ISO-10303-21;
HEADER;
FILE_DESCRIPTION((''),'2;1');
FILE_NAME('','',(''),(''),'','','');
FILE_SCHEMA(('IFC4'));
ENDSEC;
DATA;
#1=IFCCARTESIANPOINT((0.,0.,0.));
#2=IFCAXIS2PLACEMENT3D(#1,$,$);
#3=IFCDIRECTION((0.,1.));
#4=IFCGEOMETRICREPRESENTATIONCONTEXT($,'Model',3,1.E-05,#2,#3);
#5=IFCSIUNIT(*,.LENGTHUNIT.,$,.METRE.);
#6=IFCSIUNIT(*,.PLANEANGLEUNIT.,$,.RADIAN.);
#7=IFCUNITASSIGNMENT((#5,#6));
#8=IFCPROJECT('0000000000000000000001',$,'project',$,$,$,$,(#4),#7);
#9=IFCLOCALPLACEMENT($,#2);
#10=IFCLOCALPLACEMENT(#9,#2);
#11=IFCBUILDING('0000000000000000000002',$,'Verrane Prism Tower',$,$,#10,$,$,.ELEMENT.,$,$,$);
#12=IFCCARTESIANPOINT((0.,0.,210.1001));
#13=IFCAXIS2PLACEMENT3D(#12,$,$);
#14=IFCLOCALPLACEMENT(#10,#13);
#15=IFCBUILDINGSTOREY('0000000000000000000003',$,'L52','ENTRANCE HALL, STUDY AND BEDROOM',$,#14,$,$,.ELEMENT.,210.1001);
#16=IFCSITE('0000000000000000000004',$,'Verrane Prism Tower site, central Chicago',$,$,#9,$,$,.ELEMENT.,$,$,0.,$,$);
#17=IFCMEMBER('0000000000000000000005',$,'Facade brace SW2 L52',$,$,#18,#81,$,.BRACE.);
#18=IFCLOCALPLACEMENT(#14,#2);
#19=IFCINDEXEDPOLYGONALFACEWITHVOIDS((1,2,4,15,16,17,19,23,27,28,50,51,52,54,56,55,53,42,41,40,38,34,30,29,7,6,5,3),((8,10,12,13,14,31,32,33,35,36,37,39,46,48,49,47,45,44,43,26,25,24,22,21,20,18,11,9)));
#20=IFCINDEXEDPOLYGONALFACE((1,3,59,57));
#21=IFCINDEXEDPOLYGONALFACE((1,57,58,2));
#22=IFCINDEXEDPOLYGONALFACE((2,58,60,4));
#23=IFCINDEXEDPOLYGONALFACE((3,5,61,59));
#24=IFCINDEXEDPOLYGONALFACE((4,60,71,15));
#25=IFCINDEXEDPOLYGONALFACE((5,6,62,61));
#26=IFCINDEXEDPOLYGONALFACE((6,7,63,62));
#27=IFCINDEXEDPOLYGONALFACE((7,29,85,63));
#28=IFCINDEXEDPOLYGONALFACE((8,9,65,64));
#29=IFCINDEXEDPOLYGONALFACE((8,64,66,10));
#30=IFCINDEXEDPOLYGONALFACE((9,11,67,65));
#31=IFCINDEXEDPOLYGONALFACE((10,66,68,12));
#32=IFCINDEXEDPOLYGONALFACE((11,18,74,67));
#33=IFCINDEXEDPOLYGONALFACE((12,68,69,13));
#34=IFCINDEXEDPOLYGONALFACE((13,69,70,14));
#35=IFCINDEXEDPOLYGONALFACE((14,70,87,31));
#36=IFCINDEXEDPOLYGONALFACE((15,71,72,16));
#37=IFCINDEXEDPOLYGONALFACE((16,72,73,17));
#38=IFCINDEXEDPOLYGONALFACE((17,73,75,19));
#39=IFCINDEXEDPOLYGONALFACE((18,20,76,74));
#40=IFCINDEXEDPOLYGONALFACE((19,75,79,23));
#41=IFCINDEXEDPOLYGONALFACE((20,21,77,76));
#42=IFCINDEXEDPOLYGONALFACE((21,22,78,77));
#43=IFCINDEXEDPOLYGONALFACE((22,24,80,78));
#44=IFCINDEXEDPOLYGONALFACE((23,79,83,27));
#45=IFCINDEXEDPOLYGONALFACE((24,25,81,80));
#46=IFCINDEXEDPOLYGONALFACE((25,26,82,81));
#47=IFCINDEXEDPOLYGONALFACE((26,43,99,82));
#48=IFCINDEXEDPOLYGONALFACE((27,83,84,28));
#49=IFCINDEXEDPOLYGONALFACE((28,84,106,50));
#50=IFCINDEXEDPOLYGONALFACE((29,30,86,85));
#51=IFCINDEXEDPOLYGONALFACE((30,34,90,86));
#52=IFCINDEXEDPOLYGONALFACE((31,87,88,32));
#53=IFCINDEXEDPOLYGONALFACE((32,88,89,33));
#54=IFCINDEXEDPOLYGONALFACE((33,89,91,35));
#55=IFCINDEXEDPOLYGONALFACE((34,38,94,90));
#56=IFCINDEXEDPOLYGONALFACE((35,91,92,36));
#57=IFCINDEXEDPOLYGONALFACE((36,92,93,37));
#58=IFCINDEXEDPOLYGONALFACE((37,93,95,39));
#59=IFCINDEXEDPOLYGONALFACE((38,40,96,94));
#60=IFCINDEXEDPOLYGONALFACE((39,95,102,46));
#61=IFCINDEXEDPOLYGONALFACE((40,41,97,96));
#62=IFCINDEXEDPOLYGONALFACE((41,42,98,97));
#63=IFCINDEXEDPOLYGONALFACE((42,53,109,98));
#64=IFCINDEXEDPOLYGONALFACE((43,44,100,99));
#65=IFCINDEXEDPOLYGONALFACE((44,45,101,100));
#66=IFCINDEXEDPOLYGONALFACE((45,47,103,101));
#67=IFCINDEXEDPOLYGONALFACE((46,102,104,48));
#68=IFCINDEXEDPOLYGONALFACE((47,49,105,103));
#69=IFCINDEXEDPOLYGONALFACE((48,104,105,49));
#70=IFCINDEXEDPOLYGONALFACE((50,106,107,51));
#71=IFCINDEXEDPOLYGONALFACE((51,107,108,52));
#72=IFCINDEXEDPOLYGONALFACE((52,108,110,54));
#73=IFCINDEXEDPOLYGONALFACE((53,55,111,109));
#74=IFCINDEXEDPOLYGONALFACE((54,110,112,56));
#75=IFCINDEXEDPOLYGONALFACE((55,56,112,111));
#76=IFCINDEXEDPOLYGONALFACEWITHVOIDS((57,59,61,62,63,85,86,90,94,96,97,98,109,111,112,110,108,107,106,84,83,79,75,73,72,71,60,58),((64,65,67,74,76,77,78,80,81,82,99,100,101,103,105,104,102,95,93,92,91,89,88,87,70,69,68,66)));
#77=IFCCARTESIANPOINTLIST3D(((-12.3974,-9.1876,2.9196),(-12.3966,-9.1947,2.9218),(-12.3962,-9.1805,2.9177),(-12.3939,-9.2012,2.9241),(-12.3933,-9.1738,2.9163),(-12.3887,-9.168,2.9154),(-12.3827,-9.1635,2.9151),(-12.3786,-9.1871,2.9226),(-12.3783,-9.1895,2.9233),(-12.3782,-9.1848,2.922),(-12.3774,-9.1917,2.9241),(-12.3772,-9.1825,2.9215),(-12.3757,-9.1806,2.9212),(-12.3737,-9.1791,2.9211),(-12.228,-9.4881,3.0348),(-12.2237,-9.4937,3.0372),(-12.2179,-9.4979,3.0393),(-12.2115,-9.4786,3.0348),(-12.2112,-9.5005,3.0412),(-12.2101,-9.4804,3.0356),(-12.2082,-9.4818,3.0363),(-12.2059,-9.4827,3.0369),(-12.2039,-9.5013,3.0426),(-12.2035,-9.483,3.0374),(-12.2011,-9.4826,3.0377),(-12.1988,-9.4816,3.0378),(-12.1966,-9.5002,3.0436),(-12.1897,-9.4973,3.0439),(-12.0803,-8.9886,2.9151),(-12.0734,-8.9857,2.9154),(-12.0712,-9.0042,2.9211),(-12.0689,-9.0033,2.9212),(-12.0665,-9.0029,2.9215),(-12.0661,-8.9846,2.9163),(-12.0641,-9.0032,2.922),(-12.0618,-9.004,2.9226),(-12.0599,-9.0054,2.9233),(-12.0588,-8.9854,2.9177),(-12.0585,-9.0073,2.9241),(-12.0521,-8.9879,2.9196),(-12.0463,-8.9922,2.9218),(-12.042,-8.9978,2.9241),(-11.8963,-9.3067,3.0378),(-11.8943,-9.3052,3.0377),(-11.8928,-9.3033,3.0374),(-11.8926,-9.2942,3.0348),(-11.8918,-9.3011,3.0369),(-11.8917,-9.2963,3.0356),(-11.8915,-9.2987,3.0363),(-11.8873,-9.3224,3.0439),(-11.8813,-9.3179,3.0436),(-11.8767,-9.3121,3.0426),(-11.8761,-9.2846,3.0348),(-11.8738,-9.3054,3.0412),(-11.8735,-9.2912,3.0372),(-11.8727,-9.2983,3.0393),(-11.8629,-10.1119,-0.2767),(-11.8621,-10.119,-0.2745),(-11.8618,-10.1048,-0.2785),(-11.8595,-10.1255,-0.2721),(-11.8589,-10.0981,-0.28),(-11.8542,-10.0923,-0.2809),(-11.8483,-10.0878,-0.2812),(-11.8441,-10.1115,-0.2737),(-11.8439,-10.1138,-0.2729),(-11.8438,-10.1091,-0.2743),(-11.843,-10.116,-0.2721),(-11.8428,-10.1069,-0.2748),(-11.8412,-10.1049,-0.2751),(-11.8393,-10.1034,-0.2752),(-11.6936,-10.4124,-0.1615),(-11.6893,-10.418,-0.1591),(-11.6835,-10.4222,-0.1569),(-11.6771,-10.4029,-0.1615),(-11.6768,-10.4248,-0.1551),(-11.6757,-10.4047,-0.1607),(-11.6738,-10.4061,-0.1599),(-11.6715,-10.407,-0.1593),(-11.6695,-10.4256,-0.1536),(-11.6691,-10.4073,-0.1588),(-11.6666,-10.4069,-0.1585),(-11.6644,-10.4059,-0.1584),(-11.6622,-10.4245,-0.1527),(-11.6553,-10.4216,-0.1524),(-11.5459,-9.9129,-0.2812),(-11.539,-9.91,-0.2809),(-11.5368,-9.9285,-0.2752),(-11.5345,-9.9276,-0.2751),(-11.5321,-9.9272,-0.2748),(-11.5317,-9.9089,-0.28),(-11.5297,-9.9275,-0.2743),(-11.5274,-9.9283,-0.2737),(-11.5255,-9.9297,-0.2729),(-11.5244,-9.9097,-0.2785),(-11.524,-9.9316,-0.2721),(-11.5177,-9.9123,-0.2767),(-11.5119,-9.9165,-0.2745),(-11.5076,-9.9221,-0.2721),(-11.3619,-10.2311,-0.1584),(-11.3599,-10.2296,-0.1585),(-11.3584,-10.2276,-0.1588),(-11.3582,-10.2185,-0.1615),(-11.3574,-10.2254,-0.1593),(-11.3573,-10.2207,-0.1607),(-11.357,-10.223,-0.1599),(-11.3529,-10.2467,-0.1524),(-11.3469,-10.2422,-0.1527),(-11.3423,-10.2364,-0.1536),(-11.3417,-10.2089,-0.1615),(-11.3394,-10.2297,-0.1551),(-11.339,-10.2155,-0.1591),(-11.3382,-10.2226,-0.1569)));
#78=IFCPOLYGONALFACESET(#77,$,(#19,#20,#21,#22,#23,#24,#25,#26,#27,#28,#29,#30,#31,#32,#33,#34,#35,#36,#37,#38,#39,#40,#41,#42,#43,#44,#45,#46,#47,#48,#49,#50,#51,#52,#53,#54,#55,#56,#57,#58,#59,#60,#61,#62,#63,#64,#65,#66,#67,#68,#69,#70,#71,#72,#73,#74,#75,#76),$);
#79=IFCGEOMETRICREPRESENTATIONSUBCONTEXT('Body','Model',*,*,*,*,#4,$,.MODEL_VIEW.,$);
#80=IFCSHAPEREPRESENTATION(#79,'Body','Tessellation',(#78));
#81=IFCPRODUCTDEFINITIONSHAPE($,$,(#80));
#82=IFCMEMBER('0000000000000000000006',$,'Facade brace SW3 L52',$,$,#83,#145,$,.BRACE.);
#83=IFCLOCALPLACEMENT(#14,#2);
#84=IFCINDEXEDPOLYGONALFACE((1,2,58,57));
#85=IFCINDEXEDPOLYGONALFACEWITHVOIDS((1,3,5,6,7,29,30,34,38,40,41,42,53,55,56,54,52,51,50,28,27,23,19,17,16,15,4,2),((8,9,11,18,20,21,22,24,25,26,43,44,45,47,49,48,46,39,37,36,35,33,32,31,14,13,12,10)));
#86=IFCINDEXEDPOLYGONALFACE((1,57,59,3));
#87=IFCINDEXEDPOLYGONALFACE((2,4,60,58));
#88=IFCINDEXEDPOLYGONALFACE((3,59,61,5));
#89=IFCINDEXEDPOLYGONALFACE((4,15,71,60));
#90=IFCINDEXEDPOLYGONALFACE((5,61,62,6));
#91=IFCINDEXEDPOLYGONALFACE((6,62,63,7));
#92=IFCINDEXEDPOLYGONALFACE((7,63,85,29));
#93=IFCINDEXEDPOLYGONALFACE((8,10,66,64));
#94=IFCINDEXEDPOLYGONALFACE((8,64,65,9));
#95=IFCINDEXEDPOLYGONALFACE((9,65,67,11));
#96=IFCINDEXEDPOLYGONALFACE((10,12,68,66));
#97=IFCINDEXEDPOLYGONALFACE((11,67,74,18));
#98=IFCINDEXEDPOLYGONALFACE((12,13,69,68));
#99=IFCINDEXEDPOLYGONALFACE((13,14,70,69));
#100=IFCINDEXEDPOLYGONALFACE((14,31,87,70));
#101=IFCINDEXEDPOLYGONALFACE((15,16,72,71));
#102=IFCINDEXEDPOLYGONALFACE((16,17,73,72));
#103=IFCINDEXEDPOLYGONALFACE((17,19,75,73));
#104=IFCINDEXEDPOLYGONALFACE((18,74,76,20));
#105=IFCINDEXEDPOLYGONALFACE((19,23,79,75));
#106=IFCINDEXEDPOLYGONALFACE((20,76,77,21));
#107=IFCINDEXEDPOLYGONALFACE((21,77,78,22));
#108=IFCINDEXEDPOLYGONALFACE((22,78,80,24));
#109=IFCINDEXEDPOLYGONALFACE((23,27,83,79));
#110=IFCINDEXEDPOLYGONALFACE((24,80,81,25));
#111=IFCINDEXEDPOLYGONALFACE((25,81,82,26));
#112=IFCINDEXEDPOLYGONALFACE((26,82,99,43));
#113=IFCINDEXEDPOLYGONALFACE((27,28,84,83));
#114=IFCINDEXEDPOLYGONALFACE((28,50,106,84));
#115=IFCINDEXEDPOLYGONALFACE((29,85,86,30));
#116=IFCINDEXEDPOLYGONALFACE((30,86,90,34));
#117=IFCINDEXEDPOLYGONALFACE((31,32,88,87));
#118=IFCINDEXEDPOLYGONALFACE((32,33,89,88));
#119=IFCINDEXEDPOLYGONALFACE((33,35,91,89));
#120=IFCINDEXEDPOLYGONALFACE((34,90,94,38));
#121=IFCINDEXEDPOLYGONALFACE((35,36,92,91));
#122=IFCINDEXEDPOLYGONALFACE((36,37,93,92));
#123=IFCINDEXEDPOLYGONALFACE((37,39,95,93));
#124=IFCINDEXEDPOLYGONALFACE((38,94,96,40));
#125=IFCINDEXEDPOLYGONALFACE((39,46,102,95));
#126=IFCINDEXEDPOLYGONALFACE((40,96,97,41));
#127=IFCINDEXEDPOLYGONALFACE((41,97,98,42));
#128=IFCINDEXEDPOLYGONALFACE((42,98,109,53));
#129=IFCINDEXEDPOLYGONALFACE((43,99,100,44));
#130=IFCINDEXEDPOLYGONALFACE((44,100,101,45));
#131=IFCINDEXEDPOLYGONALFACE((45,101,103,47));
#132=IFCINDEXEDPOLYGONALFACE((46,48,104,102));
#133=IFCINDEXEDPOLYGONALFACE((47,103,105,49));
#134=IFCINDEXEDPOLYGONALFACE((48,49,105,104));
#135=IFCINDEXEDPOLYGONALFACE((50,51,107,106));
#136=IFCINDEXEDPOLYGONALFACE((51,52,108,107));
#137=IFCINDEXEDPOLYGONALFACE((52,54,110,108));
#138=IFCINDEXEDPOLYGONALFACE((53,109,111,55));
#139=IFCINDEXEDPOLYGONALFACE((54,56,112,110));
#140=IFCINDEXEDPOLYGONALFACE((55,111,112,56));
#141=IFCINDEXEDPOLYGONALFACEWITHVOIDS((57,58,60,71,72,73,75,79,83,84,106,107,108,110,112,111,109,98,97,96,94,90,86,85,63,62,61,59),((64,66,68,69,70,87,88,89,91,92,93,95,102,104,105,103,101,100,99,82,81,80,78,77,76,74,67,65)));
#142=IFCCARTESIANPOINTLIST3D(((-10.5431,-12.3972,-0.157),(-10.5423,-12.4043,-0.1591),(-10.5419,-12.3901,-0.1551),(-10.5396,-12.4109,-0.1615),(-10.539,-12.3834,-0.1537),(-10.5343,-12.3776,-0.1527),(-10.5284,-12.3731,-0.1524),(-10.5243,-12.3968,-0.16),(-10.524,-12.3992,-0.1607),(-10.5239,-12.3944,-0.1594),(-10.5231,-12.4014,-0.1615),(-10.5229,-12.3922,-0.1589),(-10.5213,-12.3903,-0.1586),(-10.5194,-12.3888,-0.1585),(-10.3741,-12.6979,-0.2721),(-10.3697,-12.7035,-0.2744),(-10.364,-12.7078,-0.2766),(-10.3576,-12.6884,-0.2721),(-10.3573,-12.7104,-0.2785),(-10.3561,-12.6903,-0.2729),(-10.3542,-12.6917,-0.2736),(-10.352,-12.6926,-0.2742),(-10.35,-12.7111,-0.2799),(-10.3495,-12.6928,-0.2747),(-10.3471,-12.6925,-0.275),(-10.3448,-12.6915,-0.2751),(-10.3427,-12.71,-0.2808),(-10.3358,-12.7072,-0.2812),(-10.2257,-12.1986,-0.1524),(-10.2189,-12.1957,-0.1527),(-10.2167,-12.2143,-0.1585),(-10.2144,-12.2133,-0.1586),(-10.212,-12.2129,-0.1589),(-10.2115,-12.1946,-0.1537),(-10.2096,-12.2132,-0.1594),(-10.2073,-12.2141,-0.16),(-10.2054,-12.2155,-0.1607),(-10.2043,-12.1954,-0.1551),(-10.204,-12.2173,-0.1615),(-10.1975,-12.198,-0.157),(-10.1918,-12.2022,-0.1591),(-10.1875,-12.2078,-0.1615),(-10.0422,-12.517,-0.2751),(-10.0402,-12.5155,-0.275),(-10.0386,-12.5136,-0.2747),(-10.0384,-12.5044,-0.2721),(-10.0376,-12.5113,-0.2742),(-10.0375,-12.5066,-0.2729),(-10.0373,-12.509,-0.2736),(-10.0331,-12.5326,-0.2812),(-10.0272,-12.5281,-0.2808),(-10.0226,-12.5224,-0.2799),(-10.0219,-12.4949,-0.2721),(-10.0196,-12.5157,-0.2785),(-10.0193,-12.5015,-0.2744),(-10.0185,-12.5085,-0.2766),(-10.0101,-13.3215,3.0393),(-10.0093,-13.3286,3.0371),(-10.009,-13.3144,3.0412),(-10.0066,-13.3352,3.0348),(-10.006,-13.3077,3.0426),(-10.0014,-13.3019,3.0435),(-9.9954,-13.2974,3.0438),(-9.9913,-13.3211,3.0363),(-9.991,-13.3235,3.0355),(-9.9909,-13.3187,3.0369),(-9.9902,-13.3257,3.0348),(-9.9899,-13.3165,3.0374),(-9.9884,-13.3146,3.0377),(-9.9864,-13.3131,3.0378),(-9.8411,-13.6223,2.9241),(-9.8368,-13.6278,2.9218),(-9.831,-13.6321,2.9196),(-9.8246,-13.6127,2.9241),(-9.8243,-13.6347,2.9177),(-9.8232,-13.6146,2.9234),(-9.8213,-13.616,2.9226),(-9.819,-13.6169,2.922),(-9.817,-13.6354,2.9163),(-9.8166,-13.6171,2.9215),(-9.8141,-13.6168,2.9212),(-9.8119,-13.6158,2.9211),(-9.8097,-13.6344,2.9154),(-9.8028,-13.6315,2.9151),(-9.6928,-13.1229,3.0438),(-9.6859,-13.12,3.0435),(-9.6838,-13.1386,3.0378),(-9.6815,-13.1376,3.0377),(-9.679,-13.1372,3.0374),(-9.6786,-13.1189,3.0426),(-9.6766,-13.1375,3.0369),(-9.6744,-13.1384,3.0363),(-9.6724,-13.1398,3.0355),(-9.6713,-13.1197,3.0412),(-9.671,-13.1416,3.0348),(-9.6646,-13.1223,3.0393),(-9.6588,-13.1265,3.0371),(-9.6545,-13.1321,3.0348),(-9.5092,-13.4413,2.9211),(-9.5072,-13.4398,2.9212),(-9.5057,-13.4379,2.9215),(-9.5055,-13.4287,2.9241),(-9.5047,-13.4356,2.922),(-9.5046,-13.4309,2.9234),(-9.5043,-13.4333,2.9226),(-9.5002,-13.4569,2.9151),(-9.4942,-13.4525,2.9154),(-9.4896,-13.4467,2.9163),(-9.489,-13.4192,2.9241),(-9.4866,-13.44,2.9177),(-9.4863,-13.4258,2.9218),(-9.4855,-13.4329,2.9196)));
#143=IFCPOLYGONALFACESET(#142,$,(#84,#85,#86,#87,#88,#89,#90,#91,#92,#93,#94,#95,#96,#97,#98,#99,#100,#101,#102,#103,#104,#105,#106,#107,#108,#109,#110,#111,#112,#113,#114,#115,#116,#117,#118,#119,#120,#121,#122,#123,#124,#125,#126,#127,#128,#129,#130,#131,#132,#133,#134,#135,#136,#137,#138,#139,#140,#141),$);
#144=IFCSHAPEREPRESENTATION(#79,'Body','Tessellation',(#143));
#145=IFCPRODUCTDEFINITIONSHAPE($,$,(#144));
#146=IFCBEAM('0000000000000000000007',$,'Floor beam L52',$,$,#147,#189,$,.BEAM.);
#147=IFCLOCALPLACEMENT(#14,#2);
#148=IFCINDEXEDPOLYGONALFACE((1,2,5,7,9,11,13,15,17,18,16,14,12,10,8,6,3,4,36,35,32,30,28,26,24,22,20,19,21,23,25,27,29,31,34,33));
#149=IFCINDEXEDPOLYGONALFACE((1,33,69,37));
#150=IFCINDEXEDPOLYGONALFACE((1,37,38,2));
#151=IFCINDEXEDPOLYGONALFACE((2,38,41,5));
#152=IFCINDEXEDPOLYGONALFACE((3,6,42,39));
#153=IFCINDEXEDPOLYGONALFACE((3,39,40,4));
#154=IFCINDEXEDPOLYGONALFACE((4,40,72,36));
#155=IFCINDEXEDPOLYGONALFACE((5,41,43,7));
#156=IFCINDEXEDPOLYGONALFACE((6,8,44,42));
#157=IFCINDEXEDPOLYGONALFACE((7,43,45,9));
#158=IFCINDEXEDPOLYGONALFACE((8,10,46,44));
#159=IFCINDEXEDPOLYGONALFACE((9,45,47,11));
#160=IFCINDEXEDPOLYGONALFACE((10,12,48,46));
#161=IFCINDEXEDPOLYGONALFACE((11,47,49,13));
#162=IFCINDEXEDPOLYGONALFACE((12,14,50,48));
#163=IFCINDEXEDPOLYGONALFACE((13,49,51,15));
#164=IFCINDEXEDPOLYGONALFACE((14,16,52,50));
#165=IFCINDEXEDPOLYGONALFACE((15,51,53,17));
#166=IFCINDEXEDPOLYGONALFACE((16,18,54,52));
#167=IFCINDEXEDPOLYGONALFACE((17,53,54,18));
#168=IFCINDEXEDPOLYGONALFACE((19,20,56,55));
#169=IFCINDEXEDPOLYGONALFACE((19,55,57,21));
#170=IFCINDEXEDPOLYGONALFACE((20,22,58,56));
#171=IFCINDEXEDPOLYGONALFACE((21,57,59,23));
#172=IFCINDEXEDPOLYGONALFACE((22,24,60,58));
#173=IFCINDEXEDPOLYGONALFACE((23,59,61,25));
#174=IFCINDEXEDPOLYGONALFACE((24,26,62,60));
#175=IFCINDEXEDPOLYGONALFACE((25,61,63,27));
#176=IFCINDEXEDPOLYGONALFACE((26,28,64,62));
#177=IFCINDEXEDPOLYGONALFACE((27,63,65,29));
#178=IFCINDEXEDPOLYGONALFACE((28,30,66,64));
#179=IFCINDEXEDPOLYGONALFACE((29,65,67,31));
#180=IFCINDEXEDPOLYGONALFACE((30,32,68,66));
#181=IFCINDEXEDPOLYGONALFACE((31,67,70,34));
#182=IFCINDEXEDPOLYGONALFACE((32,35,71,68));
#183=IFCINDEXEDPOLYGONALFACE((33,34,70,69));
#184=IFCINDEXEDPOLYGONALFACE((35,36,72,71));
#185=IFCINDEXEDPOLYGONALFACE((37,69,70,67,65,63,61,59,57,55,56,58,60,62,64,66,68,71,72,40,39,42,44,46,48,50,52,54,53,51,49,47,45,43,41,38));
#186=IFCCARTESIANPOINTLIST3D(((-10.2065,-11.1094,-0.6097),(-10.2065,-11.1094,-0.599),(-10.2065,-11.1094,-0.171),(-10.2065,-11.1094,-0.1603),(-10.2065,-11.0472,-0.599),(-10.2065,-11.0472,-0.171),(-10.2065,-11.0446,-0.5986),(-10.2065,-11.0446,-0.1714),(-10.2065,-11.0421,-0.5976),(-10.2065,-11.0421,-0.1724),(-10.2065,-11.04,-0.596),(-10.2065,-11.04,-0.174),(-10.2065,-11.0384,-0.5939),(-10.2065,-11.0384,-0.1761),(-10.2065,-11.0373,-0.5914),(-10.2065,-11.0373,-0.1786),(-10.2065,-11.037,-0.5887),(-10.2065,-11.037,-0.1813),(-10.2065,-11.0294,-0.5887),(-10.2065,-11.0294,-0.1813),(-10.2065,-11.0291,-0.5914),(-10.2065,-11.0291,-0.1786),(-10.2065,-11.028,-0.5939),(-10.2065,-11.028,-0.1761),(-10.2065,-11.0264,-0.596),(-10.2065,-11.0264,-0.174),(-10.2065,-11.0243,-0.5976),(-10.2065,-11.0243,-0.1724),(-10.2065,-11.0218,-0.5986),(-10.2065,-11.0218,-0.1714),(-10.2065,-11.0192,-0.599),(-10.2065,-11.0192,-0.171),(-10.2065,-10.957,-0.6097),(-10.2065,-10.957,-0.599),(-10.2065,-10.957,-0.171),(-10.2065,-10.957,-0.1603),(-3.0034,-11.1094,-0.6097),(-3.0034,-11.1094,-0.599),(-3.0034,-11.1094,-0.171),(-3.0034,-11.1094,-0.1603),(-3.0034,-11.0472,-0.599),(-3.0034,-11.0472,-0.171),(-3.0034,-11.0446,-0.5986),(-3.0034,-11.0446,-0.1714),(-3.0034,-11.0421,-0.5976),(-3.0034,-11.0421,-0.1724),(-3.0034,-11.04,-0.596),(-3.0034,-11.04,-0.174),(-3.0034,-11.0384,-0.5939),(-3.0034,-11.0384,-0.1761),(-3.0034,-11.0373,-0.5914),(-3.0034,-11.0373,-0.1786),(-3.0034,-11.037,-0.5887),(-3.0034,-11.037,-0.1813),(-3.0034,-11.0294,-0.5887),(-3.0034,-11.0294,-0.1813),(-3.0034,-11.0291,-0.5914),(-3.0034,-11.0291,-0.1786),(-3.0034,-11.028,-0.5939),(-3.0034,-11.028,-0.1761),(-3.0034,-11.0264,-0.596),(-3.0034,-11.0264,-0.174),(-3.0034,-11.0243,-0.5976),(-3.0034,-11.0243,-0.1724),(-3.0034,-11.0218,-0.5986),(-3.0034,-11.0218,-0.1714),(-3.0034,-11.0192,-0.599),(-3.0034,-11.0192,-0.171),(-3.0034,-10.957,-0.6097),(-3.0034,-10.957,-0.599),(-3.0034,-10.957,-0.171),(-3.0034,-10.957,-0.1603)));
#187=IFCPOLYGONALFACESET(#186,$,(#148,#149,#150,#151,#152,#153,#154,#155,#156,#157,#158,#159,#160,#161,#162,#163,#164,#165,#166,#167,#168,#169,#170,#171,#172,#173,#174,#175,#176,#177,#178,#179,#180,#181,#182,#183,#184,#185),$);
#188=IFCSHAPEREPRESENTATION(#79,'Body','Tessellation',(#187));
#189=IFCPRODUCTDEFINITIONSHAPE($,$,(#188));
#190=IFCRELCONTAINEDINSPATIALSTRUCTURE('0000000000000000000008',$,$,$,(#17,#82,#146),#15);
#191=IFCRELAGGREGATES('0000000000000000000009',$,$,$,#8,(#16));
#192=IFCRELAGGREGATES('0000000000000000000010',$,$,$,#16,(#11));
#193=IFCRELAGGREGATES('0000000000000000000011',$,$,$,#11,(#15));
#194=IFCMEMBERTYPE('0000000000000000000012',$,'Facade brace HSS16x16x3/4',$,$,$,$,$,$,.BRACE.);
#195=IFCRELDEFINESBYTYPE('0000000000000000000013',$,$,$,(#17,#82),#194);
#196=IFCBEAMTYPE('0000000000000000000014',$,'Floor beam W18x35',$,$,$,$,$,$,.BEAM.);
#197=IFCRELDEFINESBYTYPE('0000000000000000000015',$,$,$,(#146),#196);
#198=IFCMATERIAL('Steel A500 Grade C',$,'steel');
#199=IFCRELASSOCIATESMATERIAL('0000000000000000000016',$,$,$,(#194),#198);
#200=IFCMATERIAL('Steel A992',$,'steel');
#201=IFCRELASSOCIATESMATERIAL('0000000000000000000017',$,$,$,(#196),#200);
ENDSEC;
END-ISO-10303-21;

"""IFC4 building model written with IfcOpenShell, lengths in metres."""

from ifc_helpers import new_model, si_unit, direction, frame, origin, origin_2d, place, context, subcontext, project, spatial, hollow_rectangle, i_section, extrude, material, material_profile, profile_set, type_object, element, save


model = new_model("IFC4")

# Units and contexts
model_context = context("Model", 3, precision=1e-05, world=origin(), true_north=direction((0.0, 1.0)))
body_context = subcontext(model_context, "Body", "Model", "MODEL_VIEW")
ifc_project = project(units=[si_unit("LENGTHUNIT", "METRE"), si_unit("PLANEANGLEUNIT", "RADIAN")], contexts=[model_context])

# Site, building, storey
site_placement = place(None, origin())
site = spatial("IfcSite", under=ifc_project, at=site_placement, Name="Verrane Prism Tower site, central Chicago", CompositionType="ELEMENT", RefElevation=0.0)
building_placement = place(site_placement, origin())
building = spatial("IfcBuilding", under=site, at=building_placement, Name="Verrane Prism Tower", CompositionType="ELEMENT")
storey_placement = place(building_placement, frame((0.0, 0.0, 210.1001)))
storey = spatial("IfcBuildingStorey", under=building, at=storey_placement, Name="L52", Description="ENTRANCE HALL, STUDY AND BEDROOM", CompositionType="ELEMENT", Elevation=210.1001)

# Members
ifc_material_1 = material(Name="Steel A500 Grade C", Category="steel")
ifc_material_profile_1 = material_profile(ifc_material_1, hollow_rectangle(XDim=0.4065, YDim=0.4065, WallThickness=0.019, InnerFilletRadius=0.0095, OuterFilletRadius=0.0286, at=origin_2d()), Name="HSS16x16x3/4")
ifc_profile_set_1 = profile_set([ifc_material_profile_1], Name="Steel A500 Grade C")
member_type_1 = type_object("IfcMemberType", Name="Facade brace HSS16x16x3/4", PredefinedType="BRACE", material=ifc_profile_set_1)
member_1_placement = place(storey_placement, frame((-11.6006, -10.1672, -0.2168), z_axis=(-0.158587, 0.274286, 0.948482), x_axis=(-0.865713, -0.50054, 0.0)))
element("IfcMember", 1, at=member_1_placement, inside=storey, type_object=member_type_1, Name="Facade brace SW2 L52", PredefinedType="BRACE", context=body_context, shape_type="SweptSolid", body=[
    extrude(hollow_rectangle(XDim=0.4065, YDim=0.4065, WallThickness=0.019, InnerFilletRadius=0.0095, OuterFilletRadius=0.0286, at=origin_2d()), origin(), (0.0, 0.0, 1.0), 3.3699),
])
member_2_placement = place(storey_placement, frame((-10.2808, -12.4529, -0.2168), z_axis=(0.158164, -0.274305, 0.948547), x_axis=(0.866307, 0.499511, 0.0)))
element("IfcMember", 2, at=member_2_placement, inside=storey, type_object=member_type_1, Name="Facade brace SW3 L52", PredefinedType="BRACE", context=body_context, shape_type="SweptSolid", body=[
    extrude(hollow_rectangle(XDim=0.4065, YDim=0.4065, WallThickness=0.019, InnerFilletRadius=0.0095, OuterFilletRadius=0.0286, at=origin_2d()), origin(), (0.0, 0.0, 1.0), 3.3696),
])

# Beam
ifc_material_2 = material(Name="Steel A992", Category="steel")
ifc_material_profile_2 = material_profile(ifc_material_2, i_section(OverallWidth=0.1523, OverallDepth=0.4495, WebThickness=0.0076, FlangeThickness=0.0107, FilletRadius=0.0103, at=origin_2d()), Name="W18x35")
ifc_profile_set_2 = profile_set([ifc_material_profile_2], Name="Steel A992")
beam_type_1 = type_object("IfcBeamType", Name="Floor beam W18x35", PredefinedType="BEAM", material=ifc_profile_set_2)
beam_1_placement = place(storey_placement, frame((-10.2065, -11.0332, -0.385), z_axis=(1.0, 0.0, 0.0), x_axis=(0.0, 1.0, 0.0)))
element("IfcBeam", 3, at=beam_1_placement, inside=storey, type_object=beam_type_1, Name="Floor beam L52", PredefinedType="BEAM", context=body_context, shape_type="SweptSolid", body=[
    extrude(i_section(OverallWidth=0.1523, OverallDepth=0.4495, WebThickness=0.0076, FlangeThickness=0.0107, FilletRadius=0.0103, at=origin_2d()), origin(), (0.0, 0.0, 1.0), 7.2031),
])

save(model, "model.ifc")
